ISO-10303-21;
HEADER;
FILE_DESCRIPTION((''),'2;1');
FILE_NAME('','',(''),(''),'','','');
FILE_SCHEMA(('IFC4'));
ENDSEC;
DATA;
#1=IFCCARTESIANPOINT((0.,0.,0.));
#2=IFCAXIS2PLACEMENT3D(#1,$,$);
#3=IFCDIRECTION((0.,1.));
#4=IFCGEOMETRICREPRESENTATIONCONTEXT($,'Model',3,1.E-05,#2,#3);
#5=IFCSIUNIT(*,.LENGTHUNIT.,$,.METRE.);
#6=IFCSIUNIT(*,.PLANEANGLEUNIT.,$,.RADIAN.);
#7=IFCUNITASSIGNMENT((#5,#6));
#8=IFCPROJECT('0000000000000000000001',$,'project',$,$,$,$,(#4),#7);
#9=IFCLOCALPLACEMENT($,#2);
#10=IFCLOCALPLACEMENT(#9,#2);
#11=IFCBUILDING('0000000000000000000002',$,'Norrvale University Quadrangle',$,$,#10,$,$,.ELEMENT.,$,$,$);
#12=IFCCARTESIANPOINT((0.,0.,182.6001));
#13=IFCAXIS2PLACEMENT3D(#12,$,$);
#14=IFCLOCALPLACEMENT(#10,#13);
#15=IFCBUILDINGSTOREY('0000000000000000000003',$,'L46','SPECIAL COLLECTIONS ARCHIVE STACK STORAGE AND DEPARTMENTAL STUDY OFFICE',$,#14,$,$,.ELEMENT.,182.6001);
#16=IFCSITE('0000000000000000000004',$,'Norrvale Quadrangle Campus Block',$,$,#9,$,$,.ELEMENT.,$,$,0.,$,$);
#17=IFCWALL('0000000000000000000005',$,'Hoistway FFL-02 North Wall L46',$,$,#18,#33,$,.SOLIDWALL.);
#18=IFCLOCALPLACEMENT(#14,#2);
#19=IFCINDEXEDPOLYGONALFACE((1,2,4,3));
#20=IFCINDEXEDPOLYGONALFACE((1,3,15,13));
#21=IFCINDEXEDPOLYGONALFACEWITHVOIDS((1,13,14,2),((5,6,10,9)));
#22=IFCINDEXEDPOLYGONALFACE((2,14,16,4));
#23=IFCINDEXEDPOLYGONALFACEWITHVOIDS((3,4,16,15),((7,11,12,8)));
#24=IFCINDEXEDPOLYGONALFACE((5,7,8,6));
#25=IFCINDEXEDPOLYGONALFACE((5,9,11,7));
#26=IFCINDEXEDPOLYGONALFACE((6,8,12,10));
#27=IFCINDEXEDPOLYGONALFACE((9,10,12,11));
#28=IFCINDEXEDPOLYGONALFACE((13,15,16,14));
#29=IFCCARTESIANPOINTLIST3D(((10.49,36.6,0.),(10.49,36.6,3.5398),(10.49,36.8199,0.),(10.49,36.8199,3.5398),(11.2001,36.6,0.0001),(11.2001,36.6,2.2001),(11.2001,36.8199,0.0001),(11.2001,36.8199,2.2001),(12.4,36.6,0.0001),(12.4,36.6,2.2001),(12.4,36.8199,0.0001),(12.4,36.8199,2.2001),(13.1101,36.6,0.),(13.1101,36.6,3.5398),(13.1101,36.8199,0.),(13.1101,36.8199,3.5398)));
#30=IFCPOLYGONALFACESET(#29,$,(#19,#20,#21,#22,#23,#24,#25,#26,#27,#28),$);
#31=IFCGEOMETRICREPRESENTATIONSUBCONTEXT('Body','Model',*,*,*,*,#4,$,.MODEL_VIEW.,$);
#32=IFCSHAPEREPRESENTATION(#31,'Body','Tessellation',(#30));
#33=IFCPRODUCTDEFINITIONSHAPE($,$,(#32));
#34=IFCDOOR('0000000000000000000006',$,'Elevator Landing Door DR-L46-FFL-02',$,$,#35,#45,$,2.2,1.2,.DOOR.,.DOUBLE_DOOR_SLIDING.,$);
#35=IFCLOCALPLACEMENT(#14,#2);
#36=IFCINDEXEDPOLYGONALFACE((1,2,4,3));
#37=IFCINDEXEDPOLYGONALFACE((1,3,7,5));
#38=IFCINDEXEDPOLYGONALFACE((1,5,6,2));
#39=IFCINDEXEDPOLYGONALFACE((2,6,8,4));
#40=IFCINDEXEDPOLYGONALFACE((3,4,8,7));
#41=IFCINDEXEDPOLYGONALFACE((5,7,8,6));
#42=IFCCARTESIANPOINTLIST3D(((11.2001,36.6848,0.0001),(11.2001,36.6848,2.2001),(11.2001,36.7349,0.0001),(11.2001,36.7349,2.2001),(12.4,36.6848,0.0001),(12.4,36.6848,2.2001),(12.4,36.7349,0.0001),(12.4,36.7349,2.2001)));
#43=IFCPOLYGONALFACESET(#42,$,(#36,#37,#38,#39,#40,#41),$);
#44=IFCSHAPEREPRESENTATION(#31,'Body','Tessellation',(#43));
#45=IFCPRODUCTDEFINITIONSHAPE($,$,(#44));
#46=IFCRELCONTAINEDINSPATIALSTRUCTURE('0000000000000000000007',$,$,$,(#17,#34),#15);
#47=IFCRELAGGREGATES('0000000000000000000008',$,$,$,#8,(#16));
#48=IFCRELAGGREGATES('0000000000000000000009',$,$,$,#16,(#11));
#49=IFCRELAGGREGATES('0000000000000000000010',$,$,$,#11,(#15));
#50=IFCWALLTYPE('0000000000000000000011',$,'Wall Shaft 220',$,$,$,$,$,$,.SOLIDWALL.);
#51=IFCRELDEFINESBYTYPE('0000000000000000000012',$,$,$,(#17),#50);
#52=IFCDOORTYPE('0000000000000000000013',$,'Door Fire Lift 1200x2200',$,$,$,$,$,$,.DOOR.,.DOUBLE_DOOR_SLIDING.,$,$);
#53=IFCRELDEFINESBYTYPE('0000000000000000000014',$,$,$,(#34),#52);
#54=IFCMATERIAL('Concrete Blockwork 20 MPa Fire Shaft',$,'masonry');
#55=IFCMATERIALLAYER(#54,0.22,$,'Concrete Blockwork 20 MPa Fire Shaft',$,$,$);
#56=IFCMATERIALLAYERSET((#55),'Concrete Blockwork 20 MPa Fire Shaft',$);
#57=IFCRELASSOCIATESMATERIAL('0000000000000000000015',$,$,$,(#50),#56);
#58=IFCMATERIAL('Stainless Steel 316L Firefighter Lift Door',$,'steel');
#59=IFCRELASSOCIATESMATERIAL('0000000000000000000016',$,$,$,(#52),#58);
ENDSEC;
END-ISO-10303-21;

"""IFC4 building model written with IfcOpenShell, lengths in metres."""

from ifc_helpers import new_model, si_unit, direction, frame, frame_2d, origin, place, context, subcontext, project, spatial, rectangle, extrude, material, layer, layer_set, type_object, element, fill, save


model = new_model("IFC4")

# Units and contexts
model_context = context("Model", 3, precision=1e-05, world=origin(), true_north=direction((0.0, 1.0)))
body_context = subcontext(model_context, "Body", "Model", "MODEL_VIEW")
ifc_project = project(units=[si_unit("LENGTHUNIT", "METRE"), si_unit("PLANEANGLEUNIT", "RADIAN")], contexts=[model_context])

# Site, building, storey
site_placement = place(None, origin())
site = spatial("IfcSite", under=ifc_project, at=site_placement, Name="Norrvale Quadrangle Campus Block", CompositionType="ELEMENT", RefElevation=0.0)
building_placement = place(site_placement, origin())
building = spatial("IfcBuilding", under=site, at=building_placement, Name="Norrvale University Quadrangle", CompositionType="ELEMENT")
storey_placement = place(building_placement, frame((0.0, 0.0, 182.6001)))
storey = spatial("IfcBuildingStorey", under=building, at=storey_placement, Name="L46", Description="SPECIAL COLLECTIONS ARCHIVE STACK STORAGE AND DEPARTMENTAL STUDY OFFICE", CompositionType="ELEMENT", Elevation=182.6001)

# Shared definitions
ifc_material_1 = material(Name="Concrete Blockwork 20 MPa Fire Shaft", Category="masonry")
ifc_layer_1 = layer(ifc_material_1, 0.22, Name="Concrete Blockwork 20 MPa Fire Shaft")
ifc_layer_set_1 = layer_set([ifc_layer_1], Name="Concrete Blockwork 20 MPa Fire Shaft")
wall_type_1 = type_object("IfcWallType", Name="Wall Shaft 220", PredefinedType="SOLIDWALL", material=ifc_layer_set_1)

# Wall, opening, door
wall_1_placement = place(storey_placement, frame((10.49, 36.71, 0.0), z_axis=(0.0, 0.0, 1.0), x_axis=(1.0, 0.0, 0.0)))
wall_1 = element("IfcWall", 1, at=wall_1_placement, inside=storey, type_object=wall_type_1, Name="Hoistway FFL-02 North Wall L46", PredefinedType="SOLIDWALL", context=body_context, shape_type="SweptSolid", body=[
    extrude(rectangle(XDim=2.6201, YDim=0.22, at=frame_2d((1.3101, 0.0))), origin(), (0.0, 0.0, 1.0), 3.5398),
])
opening_1_placement = place(wall_1_placement, frame((0.71, 0.0, 0.0)))
opening_1 = element("IfcOpeningElement", 2, at=opening_1_placement, cuts=wall_1, PredefinedType="OPENING", context=body_context, shape_type="SweptSolid", body=[
    extrude(rectangle(XDim=1.2, YDim=2.2, at=frame_2d((0.6001, 1.1001))), frame((0.0, 0.1221, 0.0), z_axis=(0.0, -1.0, 0.0), x_axis=(1.0, 0.0, 0.0)), (0.0, 0.0, 1.0), 0.2439),
])
ifc_material_2 = material(Name="Stainless Steel 316L Firefighter Lift Door", Category="steel")
door_type_1 = type_object("IfcDoorType", Name="Door Fire Lift 1200x2200", OperationType="DOUBLE_DOOR_SLIDING", PredefinedType="DOOR", material=ifc_material_2)
door_1_placement = place(opening_1_placement, origin())
door_1 = element("IfcDoor", 3, at=door_1_placement, inside=storey, type_object=door_type_1, Name="Elevator Landing Door DR-L46-FFL-02", OperationType="DOUBLE_DOOR_SLIDING", OverallHeight=2.2, OverallWidth=1.2, PredefinedType="DOOR", context=body_context, shape_type="SweptSolid", body=[
    extrude(rectangle(XDim=1.2, YDim=2.2, at=frame_2d((0.6001, 1.1001))), frame((0.0, 0.0249, 0.0), z_axis=(0.0, -1.0, 0.0), x_axis=(1.0, 0.0, 0.0)), (0.0, 0.0, 1.0), 0.05),
])
fill(opening_1, door_1)

save(model, "model.ifc")
